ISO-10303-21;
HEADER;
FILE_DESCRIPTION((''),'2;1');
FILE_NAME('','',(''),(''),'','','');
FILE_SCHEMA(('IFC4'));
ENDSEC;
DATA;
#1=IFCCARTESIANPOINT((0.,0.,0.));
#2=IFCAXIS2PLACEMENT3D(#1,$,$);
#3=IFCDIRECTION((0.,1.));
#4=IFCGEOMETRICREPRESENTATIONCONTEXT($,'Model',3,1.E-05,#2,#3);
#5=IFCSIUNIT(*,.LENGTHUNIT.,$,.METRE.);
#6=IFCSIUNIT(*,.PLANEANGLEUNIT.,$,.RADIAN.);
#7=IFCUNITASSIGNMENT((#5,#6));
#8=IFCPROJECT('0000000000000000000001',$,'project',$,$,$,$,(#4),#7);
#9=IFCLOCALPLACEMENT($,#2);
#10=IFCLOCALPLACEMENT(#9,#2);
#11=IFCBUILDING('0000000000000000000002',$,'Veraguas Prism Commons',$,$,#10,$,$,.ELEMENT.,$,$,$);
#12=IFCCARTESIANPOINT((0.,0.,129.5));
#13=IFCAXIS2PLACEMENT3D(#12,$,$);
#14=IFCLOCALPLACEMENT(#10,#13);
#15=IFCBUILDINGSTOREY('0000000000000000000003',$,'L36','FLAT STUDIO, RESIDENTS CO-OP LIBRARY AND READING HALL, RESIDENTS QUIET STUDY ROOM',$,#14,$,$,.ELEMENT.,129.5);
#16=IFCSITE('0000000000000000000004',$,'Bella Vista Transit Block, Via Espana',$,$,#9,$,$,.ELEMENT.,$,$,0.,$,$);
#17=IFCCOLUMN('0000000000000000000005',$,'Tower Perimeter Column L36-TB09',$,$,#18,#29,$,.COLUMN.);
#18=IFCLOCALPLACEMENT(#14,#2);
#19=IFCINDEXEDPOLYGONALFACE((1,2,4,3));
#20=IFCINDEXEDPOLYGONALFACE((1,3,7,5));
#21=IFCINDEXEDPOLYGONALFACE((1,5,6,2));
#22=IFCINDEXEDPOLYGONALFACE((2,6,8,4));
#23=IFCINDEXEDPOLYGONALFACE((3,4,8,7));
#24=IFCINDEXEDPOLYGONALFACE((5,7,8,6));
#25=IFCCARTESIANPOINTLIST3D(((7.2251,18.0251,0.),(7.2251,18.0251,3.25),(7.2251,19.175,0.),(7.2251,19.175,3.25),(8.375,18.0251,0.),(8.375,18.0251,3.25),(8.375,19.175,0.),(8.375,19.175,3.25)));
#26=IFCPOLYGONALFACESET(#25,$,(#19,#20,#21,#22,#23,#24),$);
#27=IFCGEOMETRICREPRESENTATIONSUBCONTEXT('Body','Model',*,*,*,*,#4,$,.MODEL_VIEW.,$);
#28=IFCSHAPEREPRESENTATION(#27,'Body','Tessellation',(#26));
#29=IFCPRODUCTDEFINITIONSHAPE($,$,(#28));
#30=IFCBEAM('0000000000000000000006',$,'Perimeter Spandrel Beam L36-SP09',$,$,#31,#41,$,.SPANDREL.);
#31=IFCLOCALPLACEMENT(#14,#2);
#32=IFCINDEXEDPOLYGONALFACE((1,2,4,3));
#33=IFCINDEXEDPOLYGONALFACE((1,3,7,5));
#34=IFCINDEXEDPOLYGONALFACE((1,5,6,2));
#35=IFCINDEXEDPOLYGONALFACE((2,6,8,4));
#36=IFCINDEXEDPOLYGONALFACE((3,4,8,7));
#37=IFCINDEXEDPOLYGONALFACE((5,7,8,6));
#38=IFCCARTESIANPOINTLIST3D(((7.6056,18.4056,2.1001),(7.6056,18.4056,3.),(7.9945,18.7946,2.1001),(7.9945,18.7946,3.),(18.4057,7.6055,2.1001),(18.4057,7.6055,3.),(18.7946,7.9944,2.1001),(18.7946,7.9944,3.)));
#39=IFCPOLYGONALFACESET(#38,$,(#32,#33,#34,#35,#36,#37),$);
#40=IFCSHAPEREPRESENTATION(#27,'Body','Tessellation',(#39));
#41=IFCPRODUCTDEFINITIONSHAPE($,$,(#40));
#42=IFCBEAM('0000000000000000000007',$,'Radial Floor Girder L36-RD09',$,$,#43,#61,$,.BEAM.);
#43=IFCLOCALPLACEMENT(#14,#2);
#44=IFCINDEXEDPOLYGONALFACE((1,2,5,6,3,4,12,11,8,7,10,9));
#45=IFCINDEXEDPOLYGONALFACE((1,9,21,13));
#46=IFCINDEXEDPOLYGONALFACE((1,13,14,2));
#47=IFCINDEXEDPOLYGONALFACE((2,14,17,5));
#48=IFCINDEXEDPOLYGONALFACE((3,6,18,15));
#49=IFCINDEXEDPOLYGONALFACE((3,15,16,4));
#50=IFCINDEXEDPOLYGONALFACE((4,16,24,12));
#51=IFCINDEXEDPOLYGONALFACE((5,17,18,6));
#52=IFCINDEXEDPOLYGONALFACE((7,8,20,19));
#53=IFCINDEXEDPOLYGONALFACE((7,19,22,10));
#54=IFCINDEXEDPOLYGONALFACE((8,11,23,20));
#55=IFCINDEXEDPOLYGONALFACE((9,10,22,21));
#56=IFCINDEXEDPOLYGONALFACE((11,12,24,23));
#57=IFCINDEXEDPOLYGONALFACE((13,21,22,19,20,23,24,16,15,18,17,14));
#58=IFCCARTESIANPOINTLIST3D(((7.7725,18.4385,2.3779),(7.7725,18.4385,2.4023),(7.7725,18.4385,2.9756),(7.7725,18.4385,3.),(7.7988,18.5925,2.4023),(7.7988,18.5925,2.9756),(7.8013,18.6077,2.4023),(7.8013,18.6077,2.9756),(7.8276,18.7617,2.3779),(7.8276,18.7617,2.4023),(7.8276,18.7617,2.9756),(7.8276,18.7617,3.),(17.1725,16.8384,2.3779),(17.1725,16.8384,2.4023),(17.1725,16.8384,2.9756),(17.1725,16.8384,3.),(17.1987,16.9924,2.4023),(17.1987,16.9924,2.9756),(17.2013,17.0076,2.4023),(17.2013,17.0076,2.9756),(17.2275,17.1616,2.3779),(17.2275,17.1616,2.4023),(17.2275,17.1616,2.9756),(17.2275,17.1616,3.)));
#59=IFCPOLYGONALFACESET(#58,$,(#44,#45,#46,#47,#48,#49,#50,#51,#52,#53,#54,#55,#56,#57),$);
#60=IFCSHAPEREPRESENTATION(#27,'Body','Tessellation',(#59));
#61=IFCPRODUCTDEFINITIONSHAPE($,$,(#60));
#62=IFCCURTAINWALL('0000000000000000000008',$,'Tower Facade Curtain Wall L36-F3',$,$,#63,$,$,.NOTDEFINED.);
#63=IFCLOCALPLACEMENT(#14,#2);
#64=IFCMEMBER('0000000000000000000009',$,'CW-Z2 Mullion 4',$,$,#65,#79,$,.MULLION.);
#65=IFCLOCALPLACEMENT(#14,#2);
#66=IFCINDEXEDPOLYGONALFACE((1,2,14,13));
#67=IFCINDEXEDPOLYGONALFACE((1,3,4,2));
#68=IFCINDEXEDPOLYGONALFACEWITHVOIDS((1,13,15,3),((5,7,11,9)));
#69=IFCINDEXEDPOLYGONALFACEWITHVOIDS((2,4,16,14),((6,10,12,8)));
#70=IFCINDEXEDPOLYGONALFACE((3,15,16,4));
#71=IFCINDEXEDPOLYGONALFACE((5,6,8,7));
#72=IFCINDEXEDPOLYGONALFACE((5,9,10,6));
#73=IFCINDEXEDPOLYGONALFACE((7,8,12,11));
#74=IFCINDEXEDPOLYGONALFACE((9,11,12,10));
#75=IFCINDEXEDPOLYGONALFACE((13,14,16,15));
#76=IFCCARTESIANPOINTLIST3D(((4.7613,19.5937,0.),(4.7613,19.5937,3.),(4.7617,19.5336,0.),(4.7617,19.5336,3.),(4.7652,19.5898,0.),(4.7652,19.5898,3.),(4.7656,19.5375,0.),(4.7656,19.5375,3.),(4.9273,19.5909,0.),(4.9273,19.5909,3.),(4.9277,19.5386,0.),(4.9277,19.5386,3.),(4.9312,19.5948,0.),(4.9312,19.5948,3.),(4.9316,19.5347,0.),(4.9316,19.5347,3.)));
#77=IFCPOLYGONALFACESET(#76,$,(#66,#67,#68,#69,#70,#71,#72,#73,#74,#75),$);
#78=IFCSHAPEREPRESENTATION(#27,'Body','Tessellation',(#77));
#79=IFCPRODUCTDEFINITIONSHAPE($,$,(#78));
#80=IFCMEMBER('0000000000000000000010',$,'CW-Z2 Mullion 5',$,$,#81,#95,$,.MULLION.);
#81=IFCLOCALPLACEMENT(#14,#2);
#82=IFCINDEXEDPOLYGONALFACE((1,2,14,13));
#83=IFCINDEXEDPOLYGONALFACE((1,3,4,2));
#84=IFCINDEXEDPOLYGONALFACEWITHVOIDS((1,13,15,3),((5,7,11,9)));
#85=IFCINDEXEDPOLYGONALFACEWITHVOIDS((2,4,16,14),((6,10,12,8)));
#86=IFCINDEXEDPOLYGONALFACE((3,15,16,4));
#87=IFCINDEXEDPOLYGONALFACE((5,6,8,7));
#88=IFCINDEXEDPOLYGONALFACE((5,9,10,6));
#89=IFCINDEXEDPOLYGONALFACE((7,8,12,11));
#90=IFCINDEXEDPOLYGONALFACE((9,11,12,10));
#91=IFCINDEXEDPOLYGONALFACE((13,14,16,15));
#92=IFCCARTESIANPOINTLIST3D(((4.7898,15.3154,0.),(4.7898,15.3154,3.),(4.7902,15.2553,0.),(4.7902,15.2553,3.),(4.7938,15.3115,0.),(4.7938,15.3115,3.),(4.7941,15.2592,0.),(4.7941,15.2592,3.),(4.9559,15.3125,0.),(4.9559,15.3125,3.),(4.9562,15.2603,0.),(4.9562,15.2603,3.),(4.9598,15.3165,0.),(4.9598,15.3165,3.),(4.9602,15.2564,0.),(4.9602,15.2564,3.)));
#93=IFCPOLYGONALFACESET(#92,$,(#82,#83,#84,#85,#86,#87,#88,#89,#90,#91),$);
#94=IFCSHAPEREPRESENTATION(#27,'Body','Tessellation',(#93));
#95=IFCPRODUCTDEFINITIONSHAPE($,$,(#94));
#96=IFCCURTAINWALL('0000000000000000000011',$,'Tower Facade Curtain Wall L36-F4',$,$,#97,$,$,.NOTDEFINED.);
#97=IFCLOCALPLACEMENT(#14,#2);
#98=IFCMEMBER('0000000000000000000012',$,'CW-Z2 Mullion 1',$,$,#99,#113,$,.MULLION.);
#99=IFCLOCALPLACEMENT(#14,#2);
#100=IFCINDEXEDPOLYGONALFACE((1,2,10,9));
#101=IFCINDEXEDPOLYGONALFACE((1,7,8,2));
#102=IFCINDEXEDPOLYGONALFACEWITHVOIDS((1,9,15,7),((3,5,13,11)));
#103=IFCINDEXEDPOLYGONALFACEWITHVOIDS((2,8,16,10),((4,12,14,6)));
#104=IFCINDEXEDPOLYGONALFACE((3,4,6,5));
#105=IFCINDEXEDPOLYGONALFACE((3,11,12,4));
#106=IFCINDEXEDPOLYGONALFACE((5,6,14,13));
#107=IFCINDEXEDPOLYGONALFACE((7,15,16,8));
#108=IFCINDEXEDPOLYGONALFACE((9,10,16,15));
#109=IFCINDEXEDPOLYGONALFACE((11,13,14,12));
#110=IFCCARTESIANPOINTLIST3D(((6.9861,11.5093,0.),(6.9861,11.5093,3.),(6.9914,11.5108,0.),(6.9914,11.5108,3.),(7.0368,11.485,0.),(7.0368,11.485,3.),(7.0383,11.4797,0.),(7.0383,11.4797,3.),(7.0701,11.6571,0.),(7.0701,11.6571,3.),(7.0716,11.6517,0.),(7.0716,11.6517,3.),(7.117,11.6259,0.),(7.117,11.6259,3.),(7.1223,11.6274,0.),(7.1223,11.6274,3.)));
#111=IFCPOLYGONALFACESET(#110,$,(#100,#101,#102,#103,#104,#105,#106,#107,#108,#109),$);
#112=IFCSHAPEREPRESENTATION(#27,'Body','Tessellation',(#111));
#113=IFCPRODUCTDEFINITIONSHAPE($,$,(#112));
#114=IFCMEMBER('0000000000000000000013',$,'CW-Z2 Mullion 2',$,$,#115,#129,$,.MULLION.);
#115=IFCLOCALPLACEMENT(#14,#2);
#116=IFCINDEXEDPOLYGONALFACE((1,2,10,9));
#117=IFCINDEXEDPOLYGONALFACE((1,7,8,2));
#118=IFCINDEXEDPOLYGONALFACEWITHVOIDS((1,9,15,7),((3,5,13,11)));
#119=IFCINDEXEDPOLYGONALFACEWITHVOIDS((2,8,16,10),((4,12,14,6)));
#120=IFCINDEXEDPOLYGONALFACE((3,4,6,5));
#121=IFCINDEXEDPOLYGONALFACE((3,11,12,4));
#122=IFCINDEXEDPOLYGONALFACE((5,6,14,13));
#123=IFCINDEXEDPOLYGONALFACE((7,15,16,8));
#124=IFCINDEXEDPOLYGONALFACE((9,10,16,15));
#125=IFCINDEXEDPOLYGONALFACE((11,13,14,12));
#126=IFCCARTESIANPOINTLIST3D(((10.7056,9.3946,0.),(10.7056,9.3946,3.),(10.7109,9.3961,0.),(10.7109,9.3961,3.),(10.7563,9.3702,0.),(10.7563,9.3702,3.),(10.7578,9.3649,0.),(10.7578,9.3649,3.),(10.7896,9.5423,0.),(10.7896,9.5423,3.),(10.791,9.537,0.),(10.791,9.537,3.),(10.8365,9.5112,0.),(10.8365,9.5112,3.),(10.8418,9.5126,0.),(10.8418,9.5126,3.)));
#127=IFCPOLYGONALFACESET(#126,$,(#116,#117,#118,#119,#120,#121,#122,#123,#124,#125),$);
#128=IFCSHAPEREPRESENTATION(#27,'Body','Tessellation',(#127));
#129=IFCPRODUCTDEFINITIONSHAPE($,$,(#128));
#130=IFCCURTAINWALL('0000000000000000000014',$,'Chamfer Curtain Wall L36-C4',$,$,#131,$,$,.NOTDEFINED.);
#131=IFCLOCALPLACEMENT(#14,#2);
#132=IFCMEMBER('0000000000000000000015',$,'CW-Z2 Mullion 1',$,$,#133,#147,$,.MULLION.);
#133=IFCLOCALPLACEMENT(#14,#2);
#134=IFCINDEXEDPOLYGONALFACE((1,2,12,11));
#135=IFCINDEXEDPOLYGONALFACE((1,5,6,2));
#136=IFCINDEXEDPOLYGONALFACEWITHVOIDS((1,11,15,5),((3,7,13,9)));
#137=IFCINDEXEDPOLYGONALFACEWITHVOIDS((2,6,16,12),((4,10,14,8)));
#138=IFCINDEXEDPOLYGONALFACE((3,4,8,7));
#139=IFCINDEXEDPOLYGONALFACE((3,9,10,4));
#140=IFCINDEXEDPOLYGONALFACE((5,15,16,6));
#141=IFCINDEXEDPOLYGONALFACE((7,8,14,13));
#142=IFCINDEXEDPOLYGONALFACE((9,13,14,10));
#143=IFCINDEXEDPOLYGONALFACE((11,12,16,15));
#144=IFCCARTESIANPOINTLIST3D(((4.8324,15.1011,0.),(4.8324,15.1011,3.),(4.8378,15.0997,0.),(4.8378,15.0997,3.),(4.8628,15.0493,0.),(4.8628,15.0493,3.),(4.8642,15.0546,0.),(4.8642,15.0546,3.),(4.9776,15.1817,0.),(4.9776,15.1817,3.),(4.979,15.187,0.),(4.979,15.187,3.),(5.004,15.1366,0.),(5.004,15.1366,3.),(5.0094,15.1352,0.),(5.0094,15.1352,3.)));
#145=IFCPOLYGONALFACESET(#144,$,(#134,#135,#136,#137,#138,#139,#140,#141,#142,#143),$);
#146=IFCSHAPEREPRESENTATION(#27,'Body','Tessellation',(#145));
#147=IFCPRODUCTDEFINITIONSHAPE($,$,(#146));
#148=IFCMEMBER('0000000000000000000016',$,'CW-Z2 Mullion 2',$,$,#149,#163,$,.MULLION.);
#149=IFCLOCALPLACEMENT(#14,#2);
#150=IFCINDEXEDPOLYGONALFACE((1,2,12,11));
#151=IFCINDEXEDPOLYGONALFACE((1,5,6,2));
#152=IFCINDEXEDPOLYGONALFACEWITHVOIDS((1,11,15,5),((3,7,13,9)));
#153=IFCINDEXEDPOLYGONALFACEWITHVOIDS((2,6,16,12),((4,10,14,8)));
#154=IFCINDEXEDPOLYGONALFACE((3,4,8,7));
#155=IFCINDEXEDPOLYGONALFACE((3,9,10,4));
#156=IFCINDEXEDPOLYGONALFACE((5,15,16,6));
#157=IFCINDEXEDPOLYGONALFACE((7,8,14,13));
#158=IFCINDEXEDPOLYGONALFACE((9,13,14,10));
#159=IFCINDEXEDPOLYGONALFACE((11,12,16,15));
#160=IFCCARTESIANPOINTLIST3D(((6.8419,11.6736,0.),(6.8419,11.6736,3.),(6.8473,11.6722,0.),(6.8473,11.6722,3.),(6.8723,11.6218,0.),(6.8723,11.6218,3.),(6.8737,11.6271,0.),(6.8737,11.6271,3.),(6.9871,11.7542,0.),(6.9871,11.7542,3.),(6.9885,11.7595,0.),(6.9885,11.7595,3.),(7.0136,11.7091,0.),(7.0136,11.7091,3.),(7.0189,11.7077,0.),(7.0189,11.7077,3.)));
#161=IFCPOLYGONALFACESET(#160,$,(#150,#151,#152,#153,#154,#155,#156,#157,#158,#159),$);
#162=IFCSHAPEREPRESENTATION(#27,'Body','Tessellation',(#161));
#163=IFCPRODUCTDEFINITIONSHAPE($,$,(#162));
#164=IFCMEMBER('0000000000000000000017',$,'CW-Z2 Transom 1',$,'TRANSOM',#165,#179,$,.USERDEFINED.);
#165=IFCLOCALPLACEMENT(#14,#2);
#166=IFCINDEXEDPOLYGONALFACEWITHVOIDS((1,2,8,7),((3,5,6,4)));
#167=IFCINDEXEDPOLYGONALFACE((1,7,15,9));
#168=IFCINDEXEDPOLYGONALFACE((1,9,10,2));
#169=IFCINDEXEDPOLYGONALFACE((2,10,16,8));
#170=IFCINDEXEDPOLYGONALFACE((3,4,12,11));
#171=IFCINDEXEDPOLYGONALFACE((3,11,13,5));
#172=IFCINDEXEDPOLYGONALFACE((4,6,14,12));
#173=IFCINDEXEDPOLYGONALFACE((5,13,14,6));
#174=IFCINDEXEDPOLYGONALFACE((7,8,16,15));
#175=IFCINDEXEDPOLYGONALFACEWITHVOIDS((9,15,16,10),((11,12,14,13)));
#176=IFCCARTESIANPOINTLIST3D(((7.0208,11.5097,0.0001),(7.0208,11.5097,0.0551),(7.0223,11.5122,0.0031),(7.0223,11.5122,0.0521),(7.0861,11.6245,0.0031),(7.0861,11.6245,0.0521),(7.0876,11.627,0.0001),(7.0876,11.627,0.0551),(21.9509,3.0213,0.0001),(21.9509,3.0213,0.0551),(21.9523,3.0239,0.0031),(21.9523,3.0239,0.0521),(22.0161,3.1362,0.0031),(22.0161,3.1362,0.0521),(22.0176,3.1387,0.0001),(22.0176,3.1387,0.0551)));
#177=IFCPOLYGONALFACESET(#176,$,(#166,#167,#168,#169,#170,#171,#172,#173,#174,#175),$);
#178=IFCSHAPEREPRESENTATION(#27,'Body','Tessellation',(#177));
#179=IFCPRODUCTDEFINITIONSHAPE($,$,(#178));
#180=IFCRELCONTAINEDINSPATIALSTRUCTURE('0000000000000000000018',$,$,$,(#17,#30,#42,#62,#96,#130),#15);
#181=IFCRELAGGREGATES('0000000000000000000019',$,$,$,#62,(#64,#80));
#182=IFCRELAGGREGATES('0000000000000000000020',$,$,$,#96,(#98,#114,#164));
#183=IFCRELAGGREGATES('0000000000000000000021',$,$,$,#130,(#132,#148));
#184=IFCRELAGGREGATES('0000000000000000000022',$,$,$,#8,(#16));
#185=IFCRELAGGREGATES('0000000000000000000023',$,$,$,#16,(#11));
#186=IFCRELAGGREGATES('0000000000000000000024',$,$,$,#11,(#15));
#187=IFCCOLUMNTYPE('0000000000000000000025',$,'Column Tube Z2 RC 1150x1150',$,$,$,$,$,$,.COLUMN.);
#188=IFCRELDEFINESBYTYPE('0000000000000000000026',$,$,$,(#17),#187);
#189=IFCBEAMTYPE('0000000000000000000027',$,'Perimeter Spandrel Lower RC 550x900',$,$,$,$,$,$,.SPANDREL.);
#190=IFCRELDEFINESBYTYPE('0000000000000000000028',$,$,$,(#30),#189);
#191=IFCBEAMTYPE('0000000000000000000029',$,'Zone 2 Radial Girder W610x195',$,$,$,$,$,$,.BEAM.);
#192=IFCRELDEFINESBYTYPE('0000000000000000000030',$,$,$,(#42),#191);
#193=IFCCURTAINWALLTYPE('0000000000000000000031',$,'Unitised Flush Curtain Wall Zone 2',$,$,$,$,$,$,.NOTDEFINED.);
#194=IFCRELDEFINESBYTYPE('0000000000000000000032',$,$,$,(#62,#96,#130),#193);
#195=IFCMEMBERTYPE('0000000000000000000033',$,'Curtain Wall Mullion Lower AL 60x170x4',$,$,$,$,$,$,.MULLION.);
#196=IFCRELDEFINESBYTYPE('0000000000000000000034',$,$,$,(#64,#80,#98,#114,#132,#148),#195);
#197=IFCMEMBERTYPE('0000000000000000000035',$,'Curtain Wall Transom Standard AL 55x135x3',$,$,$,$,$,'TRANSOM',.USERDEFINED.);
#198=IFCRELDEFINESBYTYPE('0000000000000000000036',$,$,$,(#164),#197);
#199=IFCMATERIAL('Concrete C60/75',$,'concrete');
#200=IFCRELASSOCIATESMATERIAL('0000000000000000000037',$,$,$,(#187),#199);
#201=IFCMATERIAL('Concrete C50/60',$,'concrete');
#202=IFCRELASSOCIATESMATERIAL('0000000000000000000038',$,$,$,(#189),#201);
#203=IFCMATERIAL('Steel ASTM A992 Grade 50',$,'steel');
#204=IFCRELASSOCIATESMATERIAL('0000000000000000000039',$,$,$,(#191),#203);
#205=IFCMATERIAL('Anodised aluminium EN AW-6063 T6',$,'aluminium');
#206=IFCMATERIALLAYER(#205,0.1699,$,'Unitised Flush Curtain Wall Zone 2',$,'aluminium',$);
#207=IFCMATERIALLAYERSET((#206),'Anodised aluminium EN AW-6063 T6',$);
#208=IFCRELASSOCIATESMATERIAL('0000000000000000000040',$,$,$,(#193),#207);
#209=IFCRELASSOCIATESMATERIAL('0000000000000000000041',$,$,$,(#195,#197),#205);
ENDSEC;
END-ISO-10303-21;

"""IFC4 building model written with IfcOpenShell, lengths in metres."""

from ifc_helpers import new_model, si_unit, direction, frame, origin, origin_2d, place, context, subcontext, project, spatial, rectangle, hollow_rectangle, i_section, extrude, source, transform, mapped, material, layer, layer_set, material_profile, profile_set, type_object, element, aggregate, save


model = new_model("IFC4")

# Units and contexts
model_context = context("Model", 3, precision=1e-05, world=origin(), true_north=direction((0.0, 1.0)))
body_context = subcontext(model_context, "Body", "Model", "MODEL_VIEW")
ifc_project = project(units=[si_unit("LENGTHUNIT", "METRE"), si_unit("PLANEANGLEUNIT", "RADIAN")], contexts=[model_context])

# Site, building, storey
site_placement = place(None, origin())
site = spatial("IfcSite", under=ifc_project, at=site_placement, Name="Bella Vista Transit Block, Via Espana", CompositionType="ELEMENT", RefElevation=0.0)
building_placement = place(site_placement, origin())
building = spatial("IfcBuilding", under=site, at=building_placement, Name="Veraguas Prism Commons", CompositionType="ELEMENT")
storey_placement = place(building_placement, frame((0.0, 0.0, 129.5)))
storey = spatial("IfcBuildingStorey", under=building, at=storey_placement, Name="L36", Description="FLAT STUDIO, RESIDENTS CO-OP LIBRARY AND READING HALL, RESIDENTS QUIET STUDY ROOM", CompositionType="ELEMENT", Elevation=129.5)

# Column
ifc_material_1 = material(Name="Concrete C60/75", Category="concrete")
ifc_material_profile_1 = material_profile(ifc_material_1, rectangle(XDim=1.1499, YDim=1.1499, at=origin_2d()), Name="RC1150X1150")
ifc_profile_set_1 = profile_set([ifc_material_profile_1], Name="Concrete C60/75")
column_type = type_object("IfcColumnType", Name="Column Tube Z2 RC 1150x1150", PredefinedType="COLUMN", material=ifc_profile_set_1)
column_placement = place(storey_placement, frame((7.8, 18.6001, 0.0), z_axis=(0.0, 0.0, 1.0), x_axis=(1.0, 0.0, 0.0)))
element("IfcColumn", 1, at=column_placement, inside=storey, type_object=column_type, Name="Tower Perimeter Column L36-TB09", PredefinedType="COLUMN", context=body_context, shape_type="SweptSolid", body=[
    extrude(rectangle(XDim=1.1499, YDim=1.1499, at=origin_2d()), origin(), (0.0, 0.0, 1.0), 3.25),
])

# Beams
ifc_material_2 = material(Name="Concrete C50/60", Category="concrete")
ifc_material_profile_2 = material_profile(ifc_material_2, rectangle(XDim=0.55, YDim=0.8999, at=origin_2d()), Name="RC550X900")
ifc_profile_set_2 = profile_set([ifc_material_profile_2], Name="Concrete C50/60")
beam_type_1 = type_object("IfcBeamType", Name="Perimeter Spandrel Lower RC 550x900", PredefinedType="SPANDREL", material=ifc_profile_set_2)
beam_1_placement = place(storey_placement, frame((7.8, 18.6001, 2.55), z_axis=(0.707107, -0.707107, 0.0), x_axis=(0.707107, 0.707107, 0.0)))
element("IfcBeam", 2, at=beam_1_placement, inside=storey, type_object=beam_type_1, Name="Perimeter Spandrel Beam L36-SP09", PredefinedType="SPANDREL", context=body_context, shape_type="SweptSolid", body=[
    extrude(rectangle(XDim=0.55, YDim=0.8999, at=origin_2d()), origin(), (0.0, 0.0, 1.0), 15.2737),
])
ifc_material_3 = material(Name="Steel ASTM A992 Grade 50", Category="steel")
ifc_material_profile_3 = material_profile(ifc_material_3, i_section(OverallWidth=0.3279, OverallDepth=0.6221, WebThickness=0.0154, FlangeThickness=0.0244, at=origin_2d()), Name="W610X195")
ifc_profile_set_3 = profile_set([ifc_material_profile_3], Name="Steel ASTM A992 Grade 50")
beam_type_2 = type_object("IfcBeamType", Name="Zone 2 Radial Girder W610x195", PredefinedType="BEAM", material=ifc_profile_set_3)
beam_2_placement = place(storey_placement, frame((7.8, 18.6001, 2.689), z_axis=(0.985819, -0.167811, 0.0), x_axis=(0.167811, 0.985819, 0.0)))
element("IfcBeam", 3, at=beam_2_placement, inside=storey, type_object=beam_type_2, Name="Radial Floor Girder L36-RD09", PredefinedType="BEAM", context=body_context, shape_type="SweptSolid", body=[
    extrude(i_section(OverallWidth=0.3279, OverallDepth=0.6221, WebThickness=0.0154, FlangeThickness=0.0244, at=origin_2d()), origin(), (0.0, 0.0, 1.0), 9.5352),
])

# Curtain walls, members
ifc_material_4 = material(Name="Anodised aluminium EN AW-6063 T6", Category="aluminium")
ifc_layer_1 = layer(ifc_material_4, 0.1699, Name="Unitised Flush Curtain Wall Zone 2", Category="aluminium")
ifc_layer_set_1 = layer_set([ifc_layer_1], Name="Anodised aluminium EN AW-6063 T6")
curtain_wall_type = type_object("IfcCurtainWallType", Name="Unitised Flush Curtain Wall Zone 2", PredefinedType="NOTDEFINED", material=ifc_layer_set_1)
curtain_wall_1_placement = place(storey_placement, origin())
curtain_wall_1 = element("IfcCurtainWall", 4, at=curtain_wall_1_placement, inside=storey, type_object=curtain_wall_type, Name="Tower Facade Curtain Wall L36-F3", PredefinedType="NOTDEFINED")
ifc_material_profile_4 = material_profile(ifc_material_4, hollow_rectangle(XDim=0.0601, YDim=0.1699, WallThickness=0.0039, at=origin_2d()), Name="AL60X170X4")
ifc_profile_set_4 = profile_set([ifc_material_profile_4], Name="Anodised aluminium EN AW-6063 T6")
member_type_1 = type_object("IfcMemberType", Name="Curtain Wall Mullion Lower AL 60x170x4", PredefinedType="MULLION", material=ifc_profile_set_4)
shared_shape_1 = source(origin(), body_context, "Body", "SweptSolid", [
    extrude(hollow_rectangle(XDim=0.0601, YDim=0.1699, WallThickness=0.0039, at=origin_2d()), origin(), (0.0, 0.0, 1.0), 3.0),
])
member_1_placement = place(storey_placement, frame((4.8464, 19.5642, 0.0), z_axis=(0.0, 0.0, 1.0), x_axis=(0.006632, -0.999978, 0.0)))
member_1 = element("IfcMember", 5, at=member_1_placement, type_object=member_type_1, Name="CW-Z2 Mullion 4", PredefinedType="MULLION", context=body_context, shape_type="MappedRepresentation", body=[
    mapped(shared_shape_1, transform((0.0, 0.0, 0.0), scale=1.0)),
])
member_2_placement = place(storey_placement, frame((4.875, 15.2859, 0.0), z_axis=(0.0, 0.0, 1.0), x_axis=(0.006632, -0.999978, 0.0)))
member_2 = element("IfcMember", 6, at=member_2_placement, type_object=member_type_1, Name="CW-Z2 Mullion 5", PredefinedType="MULLION", context=body_context, shape_type="MappedRepresentation", body=[
    mapped(shared_shape_1, transform((0.0, 0.0, 0.0), scale=1.0)),
])
curtain_wall_2_placement = place(storey_placement, origin())
curtain_wall_2 = element("IfcCurtainWall", 7, at=curtain_wall_2_placement, inside=storey, type_object=curtain_wall_type, Name="Tower Facade Curtain Wall L36-F4", PredefinedType="NOTDEFINED")
member_3_placement = place(storey_placement, frame((7.0542, 11.5684, 0.0), z_axis=(0.0, 0.0, 1.0), x_axis=(0.869323, -0.494244, 0.0)))
member_3 = element("IfcMember", 8, at=member_3_placement, type_object=member_type_1, Name="CW-Z2 Mullion 1", PredefinedType="MULLION", context=body_context, shape_type="MappedRepresentation", body=[
    mapped(shared_shape_1, transform((0.0, 0.0, 0.0), scale=1.0)),
])
member_4_placement = place(storey_placement, frame((10.7737, 9.4536, 0.0), z_axis=(0.0, 0.0, 1.0), x_axis=(0.869323, -0.494244, 0.0)))
member_4 = element("IfcMember", 9, at=member_4_placement, type_object=member_type_1, Name="CW-Z2 Mullion 2", PredefinedType="MULLION", context=body_context, shape_type="MappedRepresentation", body=[
    mapped(shared_shape_1, transform((0.0, 0.0, 0.0), scale=1.0)),
])
curtain_wall_3_placement = place(storey_placement, origin())
curtain_wall_3 = element("IfcCurtainWall", 10, at=curtain_wall_3_placement, inside=storey, type_object=curtain_wall_type, Name="Chamfer Curtain Wall L36-C4", PredefinedType="NOTDEFINED")
member_5_placement = place(storey_placement, frame((4.9209, 15.1182, 0.0), z_axis=(0.0, 0.0, 1.0), x_axis=(0.505758, -0.862675, 0.0)))
member_5 = element("IfcMember", 11, at=member_5_placement, type_object=member_type_1, Name="CW-Z2 Mullion 1", PredefinedType="MULLION", context=body_context, shape_type="MappedRepresentation", body=[
    mapped(shared_shape_1, transform((0.0, 0.0, 0.0), scale=1.0)),
])
member_6_placement = place(storey_placement, frame((6.9304, 11.6907, 0.0), z_axis=(0.0, 0.0, 1.0), x_axis=(0.505758, -0.862675, 0.0)))
member_6 = element("IfcMember", 12, at=member_6_placement, type_object=member_type_1, Name="CW-Z2 Mullion 2", PredefinedType="MULLION", context=body_context, shape_type="MappedRepresentation", body=[
    mapped(shared_shape_1, transform((0.0, 0.0, 0.0), scale=1.0)),
])

# Member
ifc_material_profile_5 = material_profile(ifc_material_4, hollow_rectangle(XDim=0.0549, YDim=0.135, WallThickness=0.0029, at=origin_2d()), Name="AL55X135X3")
ifc_profile_set_5 = profile_set([ifc_material_profile_5], Name="Anodised aluminium EN AW-6063 T6")
member_type_2 = type_object("IfcMemberType", Name="Curtain Wall Transom Standard AL 55x135x3", ElementType="TRANSOM", PredefinedType="USERDEFINED", material=ifc_profile_set_5)
shared_shape_2 = source(origin(), body_context, "Body", "SweptSolid", [
    extrude(hollow_rectangle(XDim=0.0549, YDim=0.135, WallThickness=0.0029, at=origin_2d()), origin(), (0.0, 0.0, 1.0), 17.1743),
])
member_7_placement = place(storey_placement, frame((7.0542, 11.5684, 0.0276), z_axis=(0.869322, -0.494246, 0.0), x_axis=(0.0, 0.0, 1.0)))
member_7 = element("IfcMember", 13, at=member_7_placement, type_object=member_type_2, Name="CW-Z2 Transom 1", ObjectType="TRANSOM", PredefinedType="USERDEFINED", context=body_context, shape_type="MappedRepresentation", body=[
    mapped(shared_shape_2, transform((0.0, 0.0, 0.0), scale=1.0)),
])

aggregate(curtain_wall_1, [member_1, member_2])
aggregate(curtain_wall_2, [member_3, member_4, member_7])
aggregate(curtain_wall_3, [member_5, member_6])

save(model, "model.ifc")
